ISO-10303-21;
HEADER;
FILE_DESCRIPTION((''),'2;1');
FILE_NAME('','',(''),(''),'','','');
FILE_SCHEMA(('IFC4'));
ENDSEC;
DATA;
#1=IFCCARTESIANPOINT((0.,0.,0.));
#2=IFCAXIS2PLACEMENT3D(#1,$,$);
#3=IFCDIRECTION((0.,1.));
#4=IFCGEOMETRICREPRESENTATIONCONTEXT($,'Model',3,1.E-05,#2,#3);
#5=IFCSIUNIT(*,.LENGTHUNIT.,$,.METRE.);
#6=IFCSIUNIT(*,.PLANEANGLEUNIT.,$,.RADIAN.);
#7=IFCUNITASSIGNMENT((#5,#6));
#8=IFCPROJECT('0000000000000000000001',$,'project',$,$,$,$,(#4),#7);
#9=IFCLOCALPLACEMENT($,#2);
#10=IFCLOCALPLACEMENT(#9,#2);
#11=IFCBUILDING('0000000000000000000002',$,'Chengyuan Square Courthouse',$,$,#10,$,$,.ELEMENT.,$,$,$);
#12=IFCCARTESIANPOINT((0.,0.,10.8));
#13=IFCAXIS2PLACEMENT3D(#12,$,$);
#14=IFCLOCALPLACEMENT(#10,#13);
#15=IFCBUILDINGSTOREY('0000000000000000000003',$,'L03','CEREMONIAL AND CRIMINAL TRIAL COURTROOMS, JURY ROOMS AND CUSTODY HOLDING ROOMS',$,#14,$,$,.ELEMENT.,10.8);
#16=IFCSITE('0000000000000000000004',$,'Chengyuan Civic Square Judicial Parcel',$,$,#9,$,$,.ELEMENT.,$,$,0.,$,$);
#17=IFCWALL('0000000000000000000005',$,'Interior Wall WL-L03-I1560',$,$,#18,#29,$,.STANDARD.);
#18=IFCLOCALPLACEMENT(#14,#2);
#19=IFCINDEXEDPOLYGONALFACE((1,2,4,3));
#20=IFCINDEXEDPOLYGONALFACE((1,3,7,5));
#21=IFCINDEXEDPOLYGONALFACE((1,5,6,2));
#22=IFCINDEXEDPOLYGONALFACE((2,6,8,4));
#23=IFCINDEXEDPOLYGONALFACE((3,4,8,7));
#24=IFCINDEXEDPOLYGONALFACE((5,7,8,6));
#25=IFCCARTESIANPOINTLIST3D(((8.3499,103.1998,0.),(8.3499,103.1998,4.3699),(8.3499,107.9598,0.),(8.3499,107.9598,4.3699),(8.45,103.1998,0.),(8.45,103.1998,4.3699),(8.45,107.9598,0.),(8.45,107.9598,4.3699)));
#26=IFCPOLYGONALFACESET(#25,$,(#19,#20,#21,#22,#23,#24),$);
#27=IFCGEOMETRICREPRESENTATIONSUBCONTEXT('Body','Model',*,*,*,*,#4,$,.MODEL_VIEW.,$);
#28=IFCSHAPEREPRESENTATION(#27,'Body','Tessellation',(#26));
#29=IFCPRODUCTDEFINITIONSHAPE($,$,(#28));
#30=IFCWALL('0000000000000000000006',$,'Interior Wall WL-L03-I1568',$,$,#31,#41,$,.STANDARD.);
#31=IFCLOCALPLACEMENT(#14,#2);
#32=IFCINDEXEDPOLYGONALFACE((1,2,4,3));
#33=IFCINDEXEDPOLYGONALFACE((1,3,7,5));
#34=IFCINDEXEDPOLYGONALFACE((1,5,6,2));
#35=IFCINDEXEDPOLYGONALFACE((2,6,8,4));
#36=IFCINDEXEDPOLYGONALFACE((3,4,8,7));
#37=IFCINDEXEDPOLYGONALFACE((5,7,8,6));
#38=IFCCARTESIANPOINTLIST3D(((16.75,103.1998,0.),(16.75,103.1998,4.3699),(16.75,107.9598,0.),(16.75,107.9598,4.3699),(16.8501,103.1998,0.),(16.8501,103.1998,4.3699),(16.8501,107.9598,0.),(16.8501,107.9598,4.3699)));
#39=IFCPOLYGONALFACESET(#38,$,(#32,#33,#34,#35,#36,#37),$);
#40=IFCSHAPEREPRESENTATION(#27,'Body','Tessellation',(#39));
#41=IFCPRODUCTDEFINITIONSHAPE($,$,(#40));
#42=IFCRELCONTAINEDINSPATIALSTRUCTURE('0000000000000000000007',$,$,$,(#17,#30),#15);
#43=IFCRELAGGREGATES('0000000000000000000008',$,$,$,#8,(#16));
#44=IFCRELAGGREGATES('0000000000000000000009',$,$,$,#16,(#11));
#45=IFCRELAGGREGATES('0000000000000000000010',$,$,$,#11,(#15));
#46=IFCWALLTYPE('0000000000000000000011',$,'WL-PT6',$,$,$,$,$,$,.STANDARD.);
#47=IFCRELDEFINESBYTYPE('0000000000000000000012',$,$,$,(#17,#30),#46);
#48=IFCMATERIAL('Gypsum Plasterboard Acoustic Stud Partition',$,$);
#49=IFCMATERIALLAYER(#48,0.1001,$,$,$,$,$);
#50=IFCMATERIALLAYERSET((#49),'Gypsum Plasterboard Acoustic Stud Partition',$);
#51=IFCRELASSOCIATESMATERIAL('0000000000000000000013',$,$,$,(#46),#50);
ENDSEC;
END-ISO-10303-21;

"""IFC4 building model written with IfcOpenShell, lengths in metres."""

from ifc_helpers import new_model, si_unit, direction, frame, frame_2d, origin, place, context, subcontext, project, spatial, rectangle, extrude, material, layer, layer_set, type_object, element, save


model = new_model("IFC4")

# Units and contexts
model_context = context("Model", 3, precision=1e-05, world=origin(), true_north=direction((0.0, 1.0)))
body_context = subcontext(model_context, "Body", "Model", "MODEL_VIEW")
ifc_project = project(units=[si_unit("LENGTHUNIT", "METRE"), si_unit("PLANEANGLEUNIT", "RADIAN")], contexts=[model_context])

# Site, building, storey
site_placement = place(None, origin())
site = spatial("IfcSite", under=ifc_project, at=site_placement, Name="Chengyuan Civic Square Judicial Parcel", CompositionType="ELEMENT", RefElevation=0.0)
building_placement = place(site_placement, origin())
building = spatial("IfcBuilding", under=site, at=building_placement, Name="Chengyuan Square Courthouse", CompositionType="ELEMENT")
storey_placement = place(building_placement, frame((0.0, 0.0, 10.8)))
storey = spatial("IfcBuildingStorey", under=building, at=storey_placement, Name="L03", Description="CEREMONIAL AND CRIMINAL TRIAL COURTROOMS, JURY ROOMS AND CUSTODY HOLDING ROOMS", CompositionType="ELEMENT", Elevation=10.8)

# Walls
ifc_material_1 = material(Name="Gypsum Plasterboard Acoustic Stud Partition")
ifc_layer_1 = layer(ifc_material_1, 0.1001)
ifc_layer_set_1 = layer_set([ifc_layer_1], Name="Gypsum Plasterboard Acoustic Stud Partition")
wall_type_1 = type_object("IfcWallType", Name="WL-PT6", PredefinedType="STANDARD", material=ifc_layer_set_1)
for number, where, z_axis, x_axis, name in (
    (1, (8.3999, 103.2, 0.0), (0.0, 0.0, 1.0), (0.0, 1.0, 0.0), "Interior Wall WL-L03-I1560"),
    (2, (16.8, 103.2, 0.0), (0.0, 0.0, 1.0), (0.0, 1.0, 0.0), "Interior Wall WL-L03-I1568"),
):
    element("IfcWall", number, at=place(storey_placement, frame(where, z_axis=z_axis, x_axis=x_axis)), inside=storey, type_object=wall_type_1, Name=name, PredefinedType="STANDARD", context=body_context, shape_type="SweptSolid", body=[
        extrude(rectangle(XDim=4.76, YDim=0.1001, at=frame_2d((2.3799, 0.0))), origin(), (0.0, 0.0, 1.0), 4.3699),
    ])

save(model, "model.ifc")
